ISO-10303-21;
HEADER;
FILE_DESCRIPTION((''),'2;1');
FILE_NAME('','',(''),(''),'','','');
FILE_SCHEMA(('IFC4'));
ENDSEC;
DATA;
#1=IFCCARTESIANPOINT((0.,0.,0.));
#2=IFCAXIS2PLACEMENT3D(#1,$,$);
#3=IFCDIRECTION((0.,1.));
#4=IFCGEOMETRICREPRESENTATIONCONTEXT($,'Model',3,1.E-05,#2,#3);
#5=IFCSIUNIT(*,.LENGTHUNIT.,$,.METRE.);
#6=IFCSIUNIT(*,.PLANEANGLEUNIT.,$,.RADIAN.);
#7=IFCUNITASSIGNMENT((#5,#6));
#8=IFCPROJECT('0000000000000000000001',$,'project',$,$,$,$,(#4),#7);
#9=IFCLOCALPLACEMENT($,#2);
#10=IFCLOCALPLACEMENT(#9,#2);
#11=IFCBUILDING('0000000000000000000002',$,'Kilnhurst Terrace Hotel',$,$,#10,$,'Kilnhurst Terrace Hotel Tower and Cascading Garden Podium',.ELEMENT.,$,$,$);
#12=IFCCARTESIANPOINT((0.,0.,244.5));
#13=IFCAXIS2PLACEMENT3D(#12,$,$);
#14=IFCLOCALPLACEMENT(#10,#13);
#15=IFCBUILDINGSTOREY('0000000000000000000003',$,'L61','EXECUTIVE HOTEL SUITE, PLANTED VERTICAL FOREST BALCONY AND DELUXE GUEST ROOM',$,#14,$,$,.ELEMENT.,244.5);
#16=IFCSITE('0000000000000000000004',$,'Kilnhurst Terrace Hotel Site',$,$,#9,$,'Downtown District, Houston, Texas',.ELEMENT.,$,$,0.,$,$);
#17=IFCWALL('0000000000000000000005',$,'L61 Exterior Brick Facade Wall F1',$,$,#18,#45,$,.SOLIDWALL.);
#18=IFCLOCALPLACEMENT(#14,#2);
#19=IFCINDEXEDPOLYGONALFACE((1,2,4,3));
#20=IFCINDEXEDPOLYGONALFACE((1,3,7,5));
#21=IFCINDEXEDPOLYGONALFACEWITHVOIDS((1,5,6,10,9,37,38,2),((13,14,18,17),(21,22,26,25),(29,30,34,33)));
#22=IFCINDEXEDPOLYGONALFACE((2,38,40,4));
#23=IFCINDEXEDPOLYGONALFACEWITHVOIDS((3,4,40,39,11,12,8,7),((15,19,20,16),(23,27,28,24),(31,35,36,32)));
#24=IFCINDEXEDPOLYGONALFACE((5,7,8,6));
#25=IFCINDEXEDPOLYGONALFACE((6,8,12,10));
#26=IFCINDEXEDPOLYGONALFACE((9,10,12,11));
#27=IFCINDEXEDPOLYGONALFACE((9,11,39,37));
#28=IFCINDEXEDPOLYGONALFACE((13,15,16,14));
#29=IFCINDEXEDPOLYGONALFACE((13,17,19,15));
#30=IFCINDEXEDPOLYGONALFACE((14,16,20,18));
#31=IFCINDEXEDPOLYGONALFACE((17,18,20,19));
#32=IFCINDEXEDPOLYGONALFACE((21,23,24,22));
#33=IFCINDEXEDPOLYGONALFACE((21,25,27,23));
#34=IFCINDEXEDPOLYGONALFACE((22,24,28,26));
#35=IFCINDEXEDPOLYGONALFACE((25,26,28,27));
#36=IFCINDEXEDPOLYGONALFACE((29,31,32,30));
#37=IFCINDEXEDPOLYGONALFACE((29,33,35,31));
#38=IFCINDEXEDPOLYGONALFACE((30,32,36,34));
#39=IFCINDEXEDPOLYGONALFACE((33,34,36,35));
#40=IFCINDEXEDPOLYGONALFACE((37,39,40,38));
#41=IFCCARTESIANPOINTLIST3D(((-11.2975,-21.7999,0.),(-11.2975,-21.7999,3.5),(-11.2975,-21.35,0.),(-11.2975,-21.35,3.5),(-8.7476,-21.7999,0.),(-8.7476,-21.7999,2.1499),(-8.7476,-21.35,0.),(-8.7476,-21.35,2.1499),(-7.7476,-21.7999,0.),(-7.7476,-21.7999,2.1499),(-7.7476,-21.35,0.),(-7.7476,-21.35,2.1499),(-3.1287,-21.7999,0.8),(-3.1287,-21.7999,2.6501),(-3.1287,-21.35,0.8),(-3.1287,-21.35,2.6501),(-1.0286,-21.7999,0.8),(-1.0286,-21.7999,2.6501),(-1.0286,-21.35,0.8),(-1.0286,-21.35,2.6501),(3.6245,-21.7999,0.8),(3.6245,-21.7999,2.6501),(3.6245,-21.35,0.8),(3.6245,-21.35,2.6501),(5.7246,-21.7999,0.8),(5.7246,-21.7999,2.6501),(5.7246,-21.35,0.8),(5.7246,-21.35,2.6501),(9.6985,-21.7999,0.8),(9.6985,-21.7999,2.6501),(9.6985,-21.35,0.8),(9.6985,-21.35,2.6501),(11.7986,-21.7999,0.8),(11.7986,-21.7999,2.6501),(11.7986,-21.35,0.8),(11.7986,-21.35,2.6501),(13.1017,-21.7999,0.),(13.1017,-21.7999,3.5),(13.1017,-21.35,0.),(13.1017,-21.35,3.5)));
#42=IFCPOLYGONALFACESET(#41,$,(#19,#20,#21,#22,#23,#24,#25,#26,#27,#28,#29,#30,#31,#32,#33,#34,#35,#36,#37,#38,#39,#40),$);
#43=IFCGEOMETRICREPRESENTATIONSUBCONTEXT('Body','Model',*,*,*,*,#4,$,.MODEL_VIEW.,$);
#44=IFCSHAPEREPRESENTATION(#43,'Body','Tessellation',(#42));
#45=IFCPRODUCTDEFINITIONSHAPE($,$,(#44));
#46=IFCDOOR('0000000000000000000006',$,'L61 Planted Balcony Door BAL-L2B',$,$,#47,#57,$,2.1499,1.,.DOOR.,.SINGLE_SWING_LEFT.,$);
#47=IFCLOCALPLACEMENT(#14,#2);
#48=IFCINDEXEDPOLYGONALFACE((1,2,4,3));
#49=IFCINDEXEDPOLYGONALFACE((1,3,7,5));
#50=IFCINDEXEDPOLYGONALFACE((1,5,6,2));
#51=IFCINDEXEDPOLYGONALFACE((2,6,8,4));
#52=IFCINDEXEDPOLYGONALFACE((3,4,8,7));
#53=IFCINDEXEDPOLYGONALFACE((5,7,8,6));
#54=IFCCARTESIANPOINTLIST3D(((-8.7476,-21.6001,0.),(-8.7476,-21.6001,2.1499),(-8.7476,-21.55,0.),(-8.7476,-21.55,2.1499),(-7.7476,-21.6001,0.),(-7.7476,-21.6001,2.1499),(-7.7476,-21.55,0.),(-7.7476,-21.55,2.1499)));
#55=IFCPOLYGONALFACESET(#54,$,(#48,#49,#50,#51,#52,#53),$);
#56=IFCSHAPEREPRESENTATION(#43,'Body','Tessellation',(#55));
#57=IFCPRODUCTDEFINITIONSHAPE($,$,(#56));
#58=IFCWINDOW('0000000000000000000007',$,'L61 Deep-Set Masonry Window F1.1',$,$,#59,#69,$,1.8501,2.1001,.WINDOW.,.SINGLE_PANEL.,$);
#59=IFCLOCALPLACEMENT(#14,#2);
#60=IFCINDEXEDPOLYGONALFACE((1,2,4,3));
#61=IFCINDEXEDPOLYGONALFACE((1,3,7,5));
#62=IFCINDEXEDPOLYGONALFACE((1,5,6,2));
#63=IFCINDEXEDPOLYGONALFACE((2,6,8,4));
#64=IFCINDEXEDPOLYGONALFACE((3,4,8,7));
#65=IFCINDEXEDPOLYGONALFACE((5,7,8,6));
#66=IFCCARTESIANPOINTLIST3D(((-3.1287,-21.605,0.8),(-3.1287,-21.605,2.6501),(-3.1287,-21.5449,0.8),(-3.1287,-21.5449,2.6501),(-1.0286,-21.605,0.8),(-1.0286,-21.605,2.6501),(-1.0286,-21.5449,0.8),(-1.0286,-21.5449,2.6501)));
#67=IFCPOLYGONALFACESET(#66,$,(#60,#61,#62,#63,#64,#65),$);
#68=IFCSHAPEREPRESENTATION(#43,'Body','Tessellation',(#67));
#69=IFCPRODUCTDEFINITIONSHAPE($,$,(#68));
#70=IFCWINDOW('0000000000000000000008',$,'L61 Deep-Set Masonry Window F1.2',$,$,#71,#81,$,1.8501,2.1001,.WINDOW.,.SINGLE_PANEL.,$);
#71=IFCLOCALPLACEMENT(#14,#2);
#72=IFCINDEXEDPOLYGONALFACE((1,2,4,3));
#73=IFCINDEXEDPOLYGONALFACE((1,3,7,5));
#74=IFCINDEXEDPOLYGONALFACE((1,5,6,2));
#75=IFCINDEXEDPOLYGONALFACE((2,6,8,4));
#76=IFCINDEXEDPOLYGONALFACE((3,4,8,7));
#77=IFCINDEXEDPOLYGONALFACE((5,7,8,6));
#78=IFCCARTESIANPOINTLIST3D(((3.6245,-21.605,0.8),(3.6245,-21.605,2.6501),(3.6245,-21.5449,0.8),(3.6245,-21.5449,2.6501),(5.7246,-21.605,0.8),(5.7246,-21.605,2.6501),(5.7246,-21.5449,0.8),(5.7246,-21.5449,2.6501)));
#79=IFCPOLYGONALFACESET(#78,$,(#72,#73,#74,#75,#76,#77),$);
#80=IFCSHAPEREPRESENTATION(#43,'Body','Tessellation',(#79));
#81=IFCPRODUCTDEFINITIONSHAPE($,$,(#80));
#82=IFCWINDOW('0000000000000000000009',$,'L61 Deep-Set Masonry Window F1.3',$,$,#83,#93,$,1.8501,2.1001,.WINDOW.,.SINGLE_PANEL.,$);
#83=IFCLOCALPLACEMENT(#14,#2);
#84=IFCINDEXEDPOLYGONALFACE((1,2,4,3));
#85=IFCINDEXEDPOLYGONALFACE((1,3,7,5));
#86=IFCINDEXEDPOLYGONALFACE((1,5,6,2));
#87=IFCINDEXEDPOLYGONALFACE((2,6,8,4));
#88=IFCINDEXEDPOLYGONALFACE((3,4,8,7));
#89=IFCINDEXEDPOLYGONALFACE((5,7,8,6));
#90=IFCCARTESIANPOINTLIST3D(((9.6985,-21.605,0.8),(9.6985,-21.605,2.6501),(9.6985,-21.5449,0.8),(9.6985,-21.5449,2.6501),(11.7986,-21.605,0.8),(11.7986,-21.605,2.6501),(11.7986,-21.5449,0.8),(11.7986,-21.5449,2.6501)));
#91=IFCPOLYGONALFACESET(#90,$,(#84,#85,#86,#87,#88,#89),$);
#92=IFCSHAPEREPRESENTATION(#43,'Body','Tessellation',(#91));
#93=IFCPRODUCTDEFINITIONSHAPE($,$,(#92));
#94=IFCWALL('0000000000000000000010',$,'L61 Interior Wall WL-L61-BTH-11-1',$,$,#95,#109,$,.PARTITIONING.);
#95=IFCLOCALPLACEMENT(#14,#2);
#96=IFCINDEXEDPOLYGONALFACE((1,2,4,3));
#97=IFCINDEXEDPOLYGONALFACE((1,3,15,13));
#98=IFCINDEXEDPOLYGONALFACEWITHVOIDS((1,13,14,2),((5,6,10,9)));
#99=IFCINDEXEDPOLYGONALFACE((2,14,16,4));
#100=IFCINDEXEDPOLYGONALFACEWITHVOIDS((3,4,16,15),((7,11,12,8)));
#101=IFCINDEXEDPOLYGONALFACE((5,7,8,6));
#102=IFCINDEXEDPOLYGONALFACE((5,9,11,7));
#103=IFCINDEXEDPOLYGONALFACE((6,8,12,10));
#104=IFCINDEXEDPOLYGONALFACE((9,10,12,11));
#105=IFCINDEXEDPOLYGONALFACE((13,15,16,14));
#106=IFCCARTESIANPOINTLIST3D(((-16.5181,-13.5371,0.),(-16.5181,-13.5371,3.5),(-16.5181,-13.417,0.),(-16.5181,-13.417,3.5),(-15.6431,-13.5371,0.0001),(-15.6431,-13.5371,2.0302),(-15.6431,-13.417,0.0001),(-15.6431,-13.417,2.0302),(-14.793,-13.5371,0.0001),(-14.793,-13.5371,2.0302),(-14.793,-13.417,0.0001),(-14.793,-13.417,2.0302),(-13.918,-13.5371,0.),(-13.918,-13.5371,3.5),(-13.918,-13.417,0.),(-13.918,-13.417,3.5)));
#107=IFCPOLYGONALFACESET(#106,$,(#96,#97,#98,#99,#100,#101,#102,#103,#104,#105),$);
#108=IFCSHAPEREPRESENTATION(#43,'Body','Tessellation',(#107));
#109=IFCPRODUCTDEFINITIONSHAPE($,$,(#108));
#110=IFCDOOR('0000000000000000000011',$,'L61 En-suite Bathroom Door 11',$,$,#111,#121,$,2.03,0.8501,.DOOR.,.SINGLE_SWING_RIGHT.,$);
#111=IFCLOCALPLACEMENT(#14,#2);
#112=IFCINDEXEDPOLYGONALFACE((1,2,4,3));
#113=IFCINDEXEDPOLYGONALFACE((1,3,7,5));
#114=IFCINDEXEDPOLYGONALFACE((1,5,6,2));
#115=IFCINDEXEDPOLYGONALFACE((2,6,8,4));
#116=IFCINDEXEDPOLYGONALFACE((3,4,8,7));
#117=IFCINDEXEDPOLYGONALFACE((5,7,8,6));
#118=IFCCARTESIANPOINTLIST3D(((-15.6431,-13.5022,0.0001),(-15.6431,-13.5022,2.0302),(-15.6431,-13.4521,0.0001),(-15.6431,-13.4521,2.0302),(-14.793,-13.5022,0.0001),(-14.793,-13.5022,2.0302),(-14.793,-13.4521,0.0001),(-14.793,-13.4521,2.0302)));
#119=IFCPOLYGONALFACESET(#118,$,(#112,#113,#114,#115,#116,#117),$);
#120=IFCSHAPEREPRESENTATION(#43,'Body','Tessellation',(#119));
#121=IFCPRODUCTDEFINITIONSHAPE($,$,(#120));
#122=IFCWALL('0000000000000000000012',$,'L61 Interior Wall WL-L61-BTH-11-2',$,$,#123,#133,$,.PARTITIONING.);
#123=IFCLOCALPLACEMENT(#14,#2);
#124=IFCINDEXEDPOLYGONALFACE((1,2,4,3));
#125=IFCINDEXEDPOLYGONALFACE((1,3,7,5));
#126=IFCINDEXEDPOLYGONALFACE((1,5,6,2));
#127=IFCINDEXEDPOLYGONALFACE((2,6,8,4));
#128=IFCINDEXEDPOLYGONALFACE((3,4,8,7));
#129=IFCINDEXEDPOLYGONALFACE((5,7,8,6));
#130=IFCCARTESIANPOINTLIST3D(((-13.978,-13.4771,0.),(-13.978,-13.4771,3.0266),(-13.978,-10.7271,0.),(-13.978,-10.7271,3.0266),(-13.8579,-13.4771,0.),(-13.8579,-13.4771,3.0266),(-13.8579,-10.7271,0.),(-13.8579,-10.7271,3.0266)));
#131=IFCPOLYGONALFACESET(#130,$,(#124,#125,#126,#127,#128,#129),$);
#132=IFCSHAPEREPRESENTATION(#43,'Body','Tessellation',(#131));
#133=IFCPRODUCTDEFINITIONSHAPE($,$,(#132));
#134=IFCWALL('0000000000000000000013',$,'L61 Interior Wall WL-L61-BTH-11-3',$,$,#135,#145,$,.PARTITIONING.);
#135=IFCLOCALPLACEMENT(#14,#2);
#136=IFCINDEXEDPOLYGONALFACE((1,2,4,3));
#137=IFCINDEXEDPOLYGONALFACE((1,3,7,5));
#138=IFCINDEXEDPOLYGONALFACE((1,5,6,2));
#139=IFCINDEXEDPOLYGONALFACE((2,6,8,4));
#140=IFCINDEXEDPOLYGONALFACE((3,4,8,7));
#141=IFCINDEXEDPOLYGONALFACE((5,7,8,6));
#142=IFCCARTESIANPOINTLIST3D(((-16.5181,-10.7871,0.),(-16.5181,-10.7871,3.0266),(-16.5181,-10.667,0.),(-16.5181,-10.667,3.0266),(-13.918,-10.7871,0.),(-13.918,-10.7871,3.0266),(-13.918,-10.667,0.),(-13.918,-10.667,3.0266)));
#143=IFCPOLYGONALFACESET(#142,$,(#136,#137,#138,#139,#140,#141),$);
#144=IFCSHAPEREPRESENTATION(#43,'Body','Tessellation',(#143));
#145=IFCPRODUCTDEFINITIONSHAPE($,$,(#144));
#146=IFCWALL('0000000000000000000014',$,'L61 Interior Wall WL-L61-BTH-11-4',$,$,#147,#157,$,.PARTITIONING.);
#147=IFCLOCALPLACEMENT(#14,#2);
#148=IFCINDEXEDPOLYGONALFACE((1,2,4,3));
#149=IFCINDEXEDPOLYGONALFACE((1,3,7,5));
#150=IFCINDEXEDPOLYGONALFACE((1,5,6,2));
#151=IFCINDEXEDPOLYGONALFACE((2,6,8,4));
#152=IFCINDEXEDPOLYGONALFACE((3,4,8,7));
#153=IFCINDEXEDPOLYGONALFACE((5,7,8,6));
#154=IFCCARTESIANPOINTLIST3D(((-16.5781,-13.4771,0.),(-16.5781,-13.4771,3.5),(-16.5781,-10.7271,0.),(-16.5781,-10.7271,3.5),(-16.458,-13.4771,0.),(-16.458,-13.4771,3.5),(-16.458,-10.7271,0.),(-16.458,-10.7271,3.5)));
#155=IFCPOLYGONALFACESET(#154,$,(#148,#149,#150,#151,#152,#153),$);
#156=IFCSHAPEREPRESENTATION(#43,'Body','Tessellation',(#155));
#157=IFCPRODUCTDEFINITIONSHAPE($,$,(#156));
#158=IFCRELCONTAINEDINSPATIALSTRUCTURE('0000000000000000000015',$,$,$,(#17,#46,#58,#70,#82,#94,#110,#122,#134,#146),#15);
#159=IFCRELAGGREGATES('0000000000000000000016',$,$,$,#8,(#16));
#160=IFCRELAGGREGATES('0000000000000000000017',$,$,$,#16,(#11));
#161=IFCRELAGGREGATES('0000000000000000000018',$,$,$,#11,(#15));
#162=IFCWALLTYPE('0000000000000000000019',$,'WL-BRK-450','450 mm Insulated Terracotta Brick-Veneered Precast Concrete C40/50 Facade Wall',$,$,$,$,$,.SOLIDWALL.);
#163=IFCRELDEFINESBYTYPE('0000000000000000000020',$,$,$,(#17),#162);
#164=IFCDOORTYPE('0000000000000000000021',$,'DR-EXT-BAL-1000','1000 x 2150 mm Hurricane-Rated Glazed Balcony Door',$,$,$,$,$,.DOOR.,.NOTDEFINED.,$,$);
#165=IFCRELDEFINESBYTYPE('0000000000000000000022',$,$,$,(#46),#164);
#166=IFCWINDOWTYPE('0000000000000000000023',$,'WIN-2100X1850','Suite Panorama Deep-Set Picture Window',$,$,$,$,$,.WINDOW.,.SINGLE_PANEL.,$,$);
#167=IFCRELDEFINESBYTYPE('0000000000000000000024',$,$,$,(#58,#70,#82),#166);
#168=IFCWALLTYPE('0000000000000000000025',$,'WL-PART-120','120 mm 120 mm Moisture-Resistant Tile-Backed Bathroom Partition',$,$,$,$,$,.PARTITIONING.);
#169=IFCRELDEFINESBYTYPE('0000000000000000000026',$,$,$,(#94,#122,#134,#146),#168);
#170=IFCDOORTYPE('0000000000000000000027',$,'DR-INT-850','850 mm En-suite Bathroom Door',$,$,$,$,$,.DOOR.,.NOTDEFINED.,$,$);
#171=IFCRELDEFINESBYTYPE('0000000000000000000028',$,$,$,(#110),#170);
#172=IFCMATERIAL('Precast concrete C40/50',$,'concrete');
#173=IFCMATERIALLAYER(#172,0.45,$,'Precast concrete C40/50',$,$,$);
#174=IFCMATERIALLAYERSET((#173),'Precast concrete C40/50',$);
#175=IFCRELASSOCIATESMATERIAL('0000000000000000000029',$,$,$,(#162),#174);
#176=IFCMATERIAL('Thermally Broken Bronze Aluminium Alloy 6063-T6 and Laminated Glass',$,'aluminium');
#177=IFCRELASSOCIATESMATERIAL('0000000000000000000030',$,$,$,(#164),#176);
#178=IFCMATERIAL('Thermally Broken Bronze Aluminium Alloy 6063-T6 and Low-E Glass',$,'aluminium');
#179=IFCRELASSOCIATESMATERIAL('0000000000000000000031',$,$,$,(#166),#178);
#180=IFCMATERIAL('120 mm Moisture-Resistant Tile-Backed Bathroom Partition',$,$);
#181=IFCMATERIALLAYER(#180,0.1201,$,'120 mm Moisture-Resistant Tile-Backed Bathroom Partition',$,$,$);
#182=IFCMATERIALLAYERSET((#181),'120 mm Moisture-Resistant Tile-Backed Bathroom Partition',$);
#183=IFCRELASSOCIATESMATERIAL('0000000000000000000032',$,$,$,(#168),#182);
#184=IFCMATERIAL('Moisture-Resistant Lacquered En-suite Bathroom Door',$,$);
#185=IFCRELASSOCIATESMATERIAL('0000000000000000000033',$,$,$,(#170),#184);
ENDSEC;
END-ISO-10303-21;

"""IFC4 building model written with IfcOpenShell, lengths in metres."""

from ifc_helpers import new_model, si_unit, direction, frame, frame_2d, origin, place, context, subcontext, project, spatial, rectangle, extrude, material, layer, layer_set, type_object, element, fill, save


model = new_model("IFC4")

# Units and contexts
model_context = context("Model", 3, precision=1e-05, world=origin(), true_north=direction((0.0, 1.0)))
body_context = subcontext(model_context, "Body", "Model", "MODEL_VIEW")
ifc_project = project(units=[si_unit("LENGTHUNIT", "METRE"), si_unit("PLANEANGLEUNIT", "RADIAN")], contexts=[model_context])

# Site, building, storey
site_placement = place(None, origin())
site = spatial("IfcSite", under=ifc_project, at=site_placement, Name="Kilnhurst Terrace Hotel Site", LongName="Downtown District, Houston, Texas", CompositionType="ELEMENT", RefElevation=0.0)
building_placement = place(site_placement, origin())
building = spatial("IfcBuilding", under=site, at=building_placement, Name="Kilnhurst Terrace Hotel", LongName="Kilnhurst Terrace Hotel Tower and Cascading Garden Podium", CompositionType="ELEMENT")
storey_placement = place(building_placement, frame((0.0, 0.0, 244.5)))
storey = spatial("IfcBuildingStorey", under=building, at=storey_placement, Name="L61", Description="EXECUTIVE HOTEL SUITE, PLANTED VERTICAL FOREST BALCONY AND DELUXE GUEST ROOM", CompositionType="ELEMENT", Elevation=244.5)

# Shared definitions
ifc_material_1 = material(Name="Precast concrete C40/50", Category="concrete")
ifc_layer_1 = layer(ifc_material_1, 0.45, Name="Precast concrete C40/50")
ifc_layer_set_1 = layer_set([ifc_layer_1], Name="Precast concrete C40/50")
wall_type_1 = type_object("IfcWallType", Name="WL-BRK-450", Description="450 mm Insulated Terracotta Brick-Veneered Precast Concrete C40/50 Facade Wall", PredefinedType="SOLIDWALL", material=ifc_layer_set_1)

# Wall, openings, door, windows
wall_1_placement = place(storey_placement, frame((-11.2976, -21.575, 0.0), z_axis=(0.0, 0.0, 1.0), x_axis=(1.0, 0.0, 0.0)))
wall_1 = element("IfcWall", 1, at=wall_1_placement, inside=storey, type_object=wall_type_1, Name="L61 Exterior Brick Facade Wall F1", PredefinedType="SOLIDWALL", context=body_context, shape_type="SweptSolid", body=[
    extrude(rectangle(XDim=24.3992, YDim=0.45, at=frame_2d((12.1997, 0.0))), origin(), (0.0, 0.0, 1.0), 3.5),
])
opening_1_placement = place(wall_1_placement, frame((2.55, 0.0, 0.0)))
opening_1 = element("IfcOpeningElement", 2, at=opening_1_placement, cuts=wall_1, PredefinedType="OPENING", context=body_context, shape_type="SweptSolid", body=[
    extrude(rectangle(XDim=1.0, YDim=2.1499, at=frame_2d((0.5, 1.075))), frame((0.0, 0.2349, 0.0), z_axis=(0.0, -1.0, 0.0), x_axis=(1.0, 0.0, 0.0)), (0.0, 0.0, 1.0), 0.47),
])
opening_2_placement = place(wall_1_placement, frame((8.1689, 0.0, 0.8)))
opening_2 = element("IfcOpeningElement", 3, at=opening_2_placement, cuts=wall_1, PredefinedType="OPENING", context=body_context, shape_type="SweptSolid", body=[
    extrude(rectangle(XDim=2.1001, YDim=1.8501, at=frame_2d((1.05, 0.925))), frame((0.0, 0.2349, 0.0), z_axis=(0.0, -1.0, 0.0), x_axis=(1.0, 0.0, 0.0)), (0.0, 0.0, 1.0), 0.47),
])
opening_3_placement = place(wall_1_placement, frame((14.9221, 0.0, 0.8)))
opening_3 = element("IfcOpeningElement", 4, at=opening_3_placement, cuts=wall_1, PredefinedType="OPENING", context=body_context, shape_type="SweptSolid", body=[
    extrude(rectangle(XDim=2.1001, YDim=1.8501, at=frame_2d((1.05, 0.925))), frame((0.0, 0.2349, 0.0), z_axis=(0.0, -1.0, 0.0), x_axis=(1.0, 0.0, 0.0)), (0.0, 0.0, 1.0), 0.47),
])
opening_4_placement = place(wall_1_placement, frame((20.9961, 0.0, 0.8)))
opening_4 = element("IfcOpeningElement", 5, at=opening_4_placement, cuts=wall_1, PredefinedType="OPENING", context=body_context, shape_type="SweptSolid", body=[
    extrude(rectangle(XDim=2.1001, YDim=1.8501, at=frame_2d((1.05, 0.925))), frame((0.0, 0.2349, 0.0), z_axis=(0.0, -1.0, 0.0), x_axis=(1.0, 0.0, 0.0)), (0.0, 0.0, 1.0), 0.47),
])
ifc_material_2 = material(Name="Thermally Broken Bronze Aluminium Alloy 6063-T6 and Laminated Glass", Category="aluminium")
door_type_1 = type_object("IfcDoorType", Name="DR-EXT-BAL-1000", Description="1000 x 2150 mm Hurricane-Rated Glazed Balcony Door", OperationType="NOTDEFINED", PredefinedType="DOOR", material=ifc_material_2)
door_1_placement = place(opening_1_placement, origin())
door_1 = element("IfcDoor", 6, at=door_1_placement, inside=storey, type_object=door_type_1, Name="L61 Planted Balcony Door BAL-L2B", OperationType="SINGLE_SWING_LEFT", OverallHeight=2.1499, OverallWidth=1.0, PredefinedType="DOOR", context=body_context, shape_type="SweptSolid", body=[
    extrude(rectangle(XDim=1.0, YDim=2.1499, at=frame_2d((0.5, 1.075))), frame((0.0, 0.0249, 0.0), z_axis=(0.0, -1.0, 0.0), x_axis=(1.0, 0.0, 0.0)), (0.0, 0.0, 1.0), 0.05),
])
fill(opening_1, door_1)
ifc_material_3 = material(Name="Thermally Broken Bronze Aluminium Alloy 6063-T6 and Low-E Glass", Category="aluminium")
window_type = type_object("IfcWindowType", Name="WIN-2100X1850", Description="Suite Panorama Deep-Set Picture Window", PartitioningType="SINGLE_PANEL", PredefinedType="WINDOW", material=ifc_material_3)
window_1_placement = place(opening_2_placement, origin())
window_1 = element("IfcWindow", 7, at=window_1_placement, inside=storey, type_object=window_type, Name="L61 Deep-Set Masonry Window F1.1", OverallHeight=1.8501, OverallWidth=2.1001, PartitioningType="SINGLE_PANEL", PredefinedType="WINDOW", context=body_context, shape_type="SweptSolid", body=[
    extrude(rectangle(XDim=2.1001, YDim=1.8501, at=frame_2d((1.05, 0.925))), frame((0.0, 0.03, 0.0), z_axis=(0.0, -1.0, 0.0), x_axis=(1.0, 0.0, 0.0)), (0.0, 0.0, 1.0), 0.0601),
])
fill(opening_2, window_1)
window_2_placement = place(opening_3_placement, origin())
window_2 = element("IfcWindow", 8, at=window_2_placement, inside=storey, type_object=window_type, Name="L61 Deep-Set Masonry Window F1.2", OverallHeight=1.8501, OverallWidth=2.1001, PartitioningType="SINGLE_PANEL", PredefinedType="WINDOW", context=body_context, shape_type="SweptSolid", body=[
    extrude(rectangle(XDim=2.1001, YDim=1.8501, at=frame_2d((1.05, 0.925))), frame((0.0, 0.03, 0.0), z_axis=(0.0, -1.0, 0.0), x_axis=(1.0, 0.0, 0.0)), (0.0, 0.0, 1.0), 0.0601),
])
fill(opening_3, window_2)
window_3_placement = place(opening_4_placement, origin())
window_3 = element("IfcWindow", 9, at=window_3_placement, inside=storey, type_object=window_type, Name="L61 Deep-Set Masonry Window F1.3", OverallHeight=1.8501, OverallWidth=2.1001, PartitioningType="SINGLE_PANEL", PredefinedType="WINDOW", context=body_context, shape_type="SweptSolid", body=[
    extrude(rectangle(XDim=2.1001, YDim=1.8501, at=frame_2d((1.05, 0.925))), frame((0.0, 0.03, 0.0), z_axis=(0.0, -1.0, 0.0), x_axis=(1.0, 0.0, 0.0)), (0.0, 0.0, 1.0), 0.0601),
])
fill(opening_4, window_3)

# Wall, opening, door
ifc_material_4 = material(Name="120 mm Moisture-Resistant Tile-Backed Bathroom Partition")
ifc_layer_2 = layer(ifc_material_4, 0.1201, Name="120 mm Moisture-Resistant Tile-Backed Bathroom Partition")
ifc_layer_set_2 = layer_set([ifc_layer_2], Name="120 mm Moisture-Resistant Tile-Backed Bathroom Partition")
wall_type_2 = type_object("IfcWallType", Name="WL-PART-120", Description="120 mm 120 mm Moisture-Resistant Tile-Backed Bathroom Partition", PredefinedType="PARTITIONING", material=ifc_layer_set_2)
wall_2_placement = place(storey_placement, frame((-16.5181, -13.4771, 0.0), z_axis=(0.0, 0.0, 1.0), x_axis=(1.0, 0.0, 0.0)))
wall_2 = element("IfcWall", 10, at=wall_2_placement, inside=storey, type_object=wall_type_2, Name="L61 Interior Wall WL-L61-BTH-11-1", PredefinedType="PARTITIONING", context=body_context, shape_type="SweptSolid", body=[
    extrude(rectangle(XDim=2.6001, YDim=0.1201, at=frame_2d((1.3, 0.0))), origin(), (0.0, 0.0, 1.0), 3.5),
])
opening_5_placement = place(wall_2_placement, frame((0.875, 0.0, 0.0)))
opening_5 = element("IfcOpeningElement", 11, at=opening_5_placement, cuts=wall_2, PredefinedType="OPENING", context=body_context, shape_type="SweptSolid", body=[
    extrude(rectangle(XDim=0.8501, YDim=2.03, at=frame_2d((0.425, 1.0151))), frame((0.0, 0.0701, 0.0), z_axis=(0.0, -1.0, 0.0), x_axis=(1.0, 0.0, 0.0)), (0.0, 0.0, 1.0), 0.1401),
])
ifc_material_5 = material(Name="Moisture-Resistant Lacquered En-suite Bathroom Door")
door_type_2 = type_object("IfcDoorType", Name="DR-INT-850", Description="850 mm En-suite Bathroom Door", OperationType="NOTDEFINED", PredefinedType="DOOR", material=ifc_material_5)
door_2_placement = place(opening_5_placement, origin())
door_2 = element("IfcDoor", 12, at=door_2_placement, inside=storey, type_object=door_type_2, Name="L61 En-suite Bathroom Door 11", OperationType="SINGLE_SWING_RIGHT", OverallHeight=2.03, OverallWidth=0.8501, PredefinedType="DOOR", context=body_context, shape_type="SweptSolid", body=[
    extrude(rectangle(XDim=0.8501, YDim=2.03, at=frame_2d((0.425, 1.0151))), frame((0.0, 0.0249, 0.0), z_axis=(0.0, -1.0, 0.0), x_axis=(1.0, 0.0, 0.0)), (0.0, 0.0, 1.0), 0.05),
])
fill(opening_5, door_2)

# Walls
wall_3_placement = place(storey_placement, frame((-13.918, -13.4771, 0.0), z_axis=(0.0, 0.0, 1.0), x_axis=(0.0, 1.0, 0.0)))
element("IfcWall", 13, at=wall_3_placement, inside=storey, type_object=wall_type_2, Name="L61 Interior Wall WL-L61-BTH-11-2", PredefinedType="PARTITIONING", context=body_context, shape_type="SweptSolid", body=[
    extrude(rectangle(XDim=2.75, YDim=0.1201, at=frame_2d((1.375, 0.0))), origin(), (0.0, 0.0, 1.0), 3.0266),
])
wall_4_placement = place(storey_placement, frame((-13.918, -10.7271, 0.0), z_axis=(0.0, 0.0, 1.0), x_axis=(-1.0, 0.0, 0.0)))
element("IfcWall", 14, at=wall_4_placement, inside=storey, type_object=wall_type_2, Name="L61 Interior Wall WL-L61-BTH-11-3", PredefinedType="PARTITIONING", context=body_context, shape_type="SweptSolid", body=[
    extrude(rectangle(XDim=2.6001, YDim=0.1201, at=frame_2d((1.3, 0.0))), origin(), (0.0, 0.0, 1.0), 3.0266),
])
wall_5_placement = place(storey_placement, frame((-16.5181, -10.7271, 0.0), z_axis=(0.0, 0.0, 1.0), x_axis=(0.0, -1.0, 0.0)))
element("IfcWall", 15, at=wall_5_placement, inside=storey, type_object=wall_type_2, Name="L61 Interior Wall WL-L61-BTH-11-4", PredefinedType="PARTITIONING", context=body_context, shape_type="SweptSolid", body=[
    extrude(rectangle(XDim=2.75, YDim=0.1201, at=frame_2d((1.375, 0.0))), origin(), (0.0, 0.0, 1.0), 3.5),
])

save(model, "model.ifc")
